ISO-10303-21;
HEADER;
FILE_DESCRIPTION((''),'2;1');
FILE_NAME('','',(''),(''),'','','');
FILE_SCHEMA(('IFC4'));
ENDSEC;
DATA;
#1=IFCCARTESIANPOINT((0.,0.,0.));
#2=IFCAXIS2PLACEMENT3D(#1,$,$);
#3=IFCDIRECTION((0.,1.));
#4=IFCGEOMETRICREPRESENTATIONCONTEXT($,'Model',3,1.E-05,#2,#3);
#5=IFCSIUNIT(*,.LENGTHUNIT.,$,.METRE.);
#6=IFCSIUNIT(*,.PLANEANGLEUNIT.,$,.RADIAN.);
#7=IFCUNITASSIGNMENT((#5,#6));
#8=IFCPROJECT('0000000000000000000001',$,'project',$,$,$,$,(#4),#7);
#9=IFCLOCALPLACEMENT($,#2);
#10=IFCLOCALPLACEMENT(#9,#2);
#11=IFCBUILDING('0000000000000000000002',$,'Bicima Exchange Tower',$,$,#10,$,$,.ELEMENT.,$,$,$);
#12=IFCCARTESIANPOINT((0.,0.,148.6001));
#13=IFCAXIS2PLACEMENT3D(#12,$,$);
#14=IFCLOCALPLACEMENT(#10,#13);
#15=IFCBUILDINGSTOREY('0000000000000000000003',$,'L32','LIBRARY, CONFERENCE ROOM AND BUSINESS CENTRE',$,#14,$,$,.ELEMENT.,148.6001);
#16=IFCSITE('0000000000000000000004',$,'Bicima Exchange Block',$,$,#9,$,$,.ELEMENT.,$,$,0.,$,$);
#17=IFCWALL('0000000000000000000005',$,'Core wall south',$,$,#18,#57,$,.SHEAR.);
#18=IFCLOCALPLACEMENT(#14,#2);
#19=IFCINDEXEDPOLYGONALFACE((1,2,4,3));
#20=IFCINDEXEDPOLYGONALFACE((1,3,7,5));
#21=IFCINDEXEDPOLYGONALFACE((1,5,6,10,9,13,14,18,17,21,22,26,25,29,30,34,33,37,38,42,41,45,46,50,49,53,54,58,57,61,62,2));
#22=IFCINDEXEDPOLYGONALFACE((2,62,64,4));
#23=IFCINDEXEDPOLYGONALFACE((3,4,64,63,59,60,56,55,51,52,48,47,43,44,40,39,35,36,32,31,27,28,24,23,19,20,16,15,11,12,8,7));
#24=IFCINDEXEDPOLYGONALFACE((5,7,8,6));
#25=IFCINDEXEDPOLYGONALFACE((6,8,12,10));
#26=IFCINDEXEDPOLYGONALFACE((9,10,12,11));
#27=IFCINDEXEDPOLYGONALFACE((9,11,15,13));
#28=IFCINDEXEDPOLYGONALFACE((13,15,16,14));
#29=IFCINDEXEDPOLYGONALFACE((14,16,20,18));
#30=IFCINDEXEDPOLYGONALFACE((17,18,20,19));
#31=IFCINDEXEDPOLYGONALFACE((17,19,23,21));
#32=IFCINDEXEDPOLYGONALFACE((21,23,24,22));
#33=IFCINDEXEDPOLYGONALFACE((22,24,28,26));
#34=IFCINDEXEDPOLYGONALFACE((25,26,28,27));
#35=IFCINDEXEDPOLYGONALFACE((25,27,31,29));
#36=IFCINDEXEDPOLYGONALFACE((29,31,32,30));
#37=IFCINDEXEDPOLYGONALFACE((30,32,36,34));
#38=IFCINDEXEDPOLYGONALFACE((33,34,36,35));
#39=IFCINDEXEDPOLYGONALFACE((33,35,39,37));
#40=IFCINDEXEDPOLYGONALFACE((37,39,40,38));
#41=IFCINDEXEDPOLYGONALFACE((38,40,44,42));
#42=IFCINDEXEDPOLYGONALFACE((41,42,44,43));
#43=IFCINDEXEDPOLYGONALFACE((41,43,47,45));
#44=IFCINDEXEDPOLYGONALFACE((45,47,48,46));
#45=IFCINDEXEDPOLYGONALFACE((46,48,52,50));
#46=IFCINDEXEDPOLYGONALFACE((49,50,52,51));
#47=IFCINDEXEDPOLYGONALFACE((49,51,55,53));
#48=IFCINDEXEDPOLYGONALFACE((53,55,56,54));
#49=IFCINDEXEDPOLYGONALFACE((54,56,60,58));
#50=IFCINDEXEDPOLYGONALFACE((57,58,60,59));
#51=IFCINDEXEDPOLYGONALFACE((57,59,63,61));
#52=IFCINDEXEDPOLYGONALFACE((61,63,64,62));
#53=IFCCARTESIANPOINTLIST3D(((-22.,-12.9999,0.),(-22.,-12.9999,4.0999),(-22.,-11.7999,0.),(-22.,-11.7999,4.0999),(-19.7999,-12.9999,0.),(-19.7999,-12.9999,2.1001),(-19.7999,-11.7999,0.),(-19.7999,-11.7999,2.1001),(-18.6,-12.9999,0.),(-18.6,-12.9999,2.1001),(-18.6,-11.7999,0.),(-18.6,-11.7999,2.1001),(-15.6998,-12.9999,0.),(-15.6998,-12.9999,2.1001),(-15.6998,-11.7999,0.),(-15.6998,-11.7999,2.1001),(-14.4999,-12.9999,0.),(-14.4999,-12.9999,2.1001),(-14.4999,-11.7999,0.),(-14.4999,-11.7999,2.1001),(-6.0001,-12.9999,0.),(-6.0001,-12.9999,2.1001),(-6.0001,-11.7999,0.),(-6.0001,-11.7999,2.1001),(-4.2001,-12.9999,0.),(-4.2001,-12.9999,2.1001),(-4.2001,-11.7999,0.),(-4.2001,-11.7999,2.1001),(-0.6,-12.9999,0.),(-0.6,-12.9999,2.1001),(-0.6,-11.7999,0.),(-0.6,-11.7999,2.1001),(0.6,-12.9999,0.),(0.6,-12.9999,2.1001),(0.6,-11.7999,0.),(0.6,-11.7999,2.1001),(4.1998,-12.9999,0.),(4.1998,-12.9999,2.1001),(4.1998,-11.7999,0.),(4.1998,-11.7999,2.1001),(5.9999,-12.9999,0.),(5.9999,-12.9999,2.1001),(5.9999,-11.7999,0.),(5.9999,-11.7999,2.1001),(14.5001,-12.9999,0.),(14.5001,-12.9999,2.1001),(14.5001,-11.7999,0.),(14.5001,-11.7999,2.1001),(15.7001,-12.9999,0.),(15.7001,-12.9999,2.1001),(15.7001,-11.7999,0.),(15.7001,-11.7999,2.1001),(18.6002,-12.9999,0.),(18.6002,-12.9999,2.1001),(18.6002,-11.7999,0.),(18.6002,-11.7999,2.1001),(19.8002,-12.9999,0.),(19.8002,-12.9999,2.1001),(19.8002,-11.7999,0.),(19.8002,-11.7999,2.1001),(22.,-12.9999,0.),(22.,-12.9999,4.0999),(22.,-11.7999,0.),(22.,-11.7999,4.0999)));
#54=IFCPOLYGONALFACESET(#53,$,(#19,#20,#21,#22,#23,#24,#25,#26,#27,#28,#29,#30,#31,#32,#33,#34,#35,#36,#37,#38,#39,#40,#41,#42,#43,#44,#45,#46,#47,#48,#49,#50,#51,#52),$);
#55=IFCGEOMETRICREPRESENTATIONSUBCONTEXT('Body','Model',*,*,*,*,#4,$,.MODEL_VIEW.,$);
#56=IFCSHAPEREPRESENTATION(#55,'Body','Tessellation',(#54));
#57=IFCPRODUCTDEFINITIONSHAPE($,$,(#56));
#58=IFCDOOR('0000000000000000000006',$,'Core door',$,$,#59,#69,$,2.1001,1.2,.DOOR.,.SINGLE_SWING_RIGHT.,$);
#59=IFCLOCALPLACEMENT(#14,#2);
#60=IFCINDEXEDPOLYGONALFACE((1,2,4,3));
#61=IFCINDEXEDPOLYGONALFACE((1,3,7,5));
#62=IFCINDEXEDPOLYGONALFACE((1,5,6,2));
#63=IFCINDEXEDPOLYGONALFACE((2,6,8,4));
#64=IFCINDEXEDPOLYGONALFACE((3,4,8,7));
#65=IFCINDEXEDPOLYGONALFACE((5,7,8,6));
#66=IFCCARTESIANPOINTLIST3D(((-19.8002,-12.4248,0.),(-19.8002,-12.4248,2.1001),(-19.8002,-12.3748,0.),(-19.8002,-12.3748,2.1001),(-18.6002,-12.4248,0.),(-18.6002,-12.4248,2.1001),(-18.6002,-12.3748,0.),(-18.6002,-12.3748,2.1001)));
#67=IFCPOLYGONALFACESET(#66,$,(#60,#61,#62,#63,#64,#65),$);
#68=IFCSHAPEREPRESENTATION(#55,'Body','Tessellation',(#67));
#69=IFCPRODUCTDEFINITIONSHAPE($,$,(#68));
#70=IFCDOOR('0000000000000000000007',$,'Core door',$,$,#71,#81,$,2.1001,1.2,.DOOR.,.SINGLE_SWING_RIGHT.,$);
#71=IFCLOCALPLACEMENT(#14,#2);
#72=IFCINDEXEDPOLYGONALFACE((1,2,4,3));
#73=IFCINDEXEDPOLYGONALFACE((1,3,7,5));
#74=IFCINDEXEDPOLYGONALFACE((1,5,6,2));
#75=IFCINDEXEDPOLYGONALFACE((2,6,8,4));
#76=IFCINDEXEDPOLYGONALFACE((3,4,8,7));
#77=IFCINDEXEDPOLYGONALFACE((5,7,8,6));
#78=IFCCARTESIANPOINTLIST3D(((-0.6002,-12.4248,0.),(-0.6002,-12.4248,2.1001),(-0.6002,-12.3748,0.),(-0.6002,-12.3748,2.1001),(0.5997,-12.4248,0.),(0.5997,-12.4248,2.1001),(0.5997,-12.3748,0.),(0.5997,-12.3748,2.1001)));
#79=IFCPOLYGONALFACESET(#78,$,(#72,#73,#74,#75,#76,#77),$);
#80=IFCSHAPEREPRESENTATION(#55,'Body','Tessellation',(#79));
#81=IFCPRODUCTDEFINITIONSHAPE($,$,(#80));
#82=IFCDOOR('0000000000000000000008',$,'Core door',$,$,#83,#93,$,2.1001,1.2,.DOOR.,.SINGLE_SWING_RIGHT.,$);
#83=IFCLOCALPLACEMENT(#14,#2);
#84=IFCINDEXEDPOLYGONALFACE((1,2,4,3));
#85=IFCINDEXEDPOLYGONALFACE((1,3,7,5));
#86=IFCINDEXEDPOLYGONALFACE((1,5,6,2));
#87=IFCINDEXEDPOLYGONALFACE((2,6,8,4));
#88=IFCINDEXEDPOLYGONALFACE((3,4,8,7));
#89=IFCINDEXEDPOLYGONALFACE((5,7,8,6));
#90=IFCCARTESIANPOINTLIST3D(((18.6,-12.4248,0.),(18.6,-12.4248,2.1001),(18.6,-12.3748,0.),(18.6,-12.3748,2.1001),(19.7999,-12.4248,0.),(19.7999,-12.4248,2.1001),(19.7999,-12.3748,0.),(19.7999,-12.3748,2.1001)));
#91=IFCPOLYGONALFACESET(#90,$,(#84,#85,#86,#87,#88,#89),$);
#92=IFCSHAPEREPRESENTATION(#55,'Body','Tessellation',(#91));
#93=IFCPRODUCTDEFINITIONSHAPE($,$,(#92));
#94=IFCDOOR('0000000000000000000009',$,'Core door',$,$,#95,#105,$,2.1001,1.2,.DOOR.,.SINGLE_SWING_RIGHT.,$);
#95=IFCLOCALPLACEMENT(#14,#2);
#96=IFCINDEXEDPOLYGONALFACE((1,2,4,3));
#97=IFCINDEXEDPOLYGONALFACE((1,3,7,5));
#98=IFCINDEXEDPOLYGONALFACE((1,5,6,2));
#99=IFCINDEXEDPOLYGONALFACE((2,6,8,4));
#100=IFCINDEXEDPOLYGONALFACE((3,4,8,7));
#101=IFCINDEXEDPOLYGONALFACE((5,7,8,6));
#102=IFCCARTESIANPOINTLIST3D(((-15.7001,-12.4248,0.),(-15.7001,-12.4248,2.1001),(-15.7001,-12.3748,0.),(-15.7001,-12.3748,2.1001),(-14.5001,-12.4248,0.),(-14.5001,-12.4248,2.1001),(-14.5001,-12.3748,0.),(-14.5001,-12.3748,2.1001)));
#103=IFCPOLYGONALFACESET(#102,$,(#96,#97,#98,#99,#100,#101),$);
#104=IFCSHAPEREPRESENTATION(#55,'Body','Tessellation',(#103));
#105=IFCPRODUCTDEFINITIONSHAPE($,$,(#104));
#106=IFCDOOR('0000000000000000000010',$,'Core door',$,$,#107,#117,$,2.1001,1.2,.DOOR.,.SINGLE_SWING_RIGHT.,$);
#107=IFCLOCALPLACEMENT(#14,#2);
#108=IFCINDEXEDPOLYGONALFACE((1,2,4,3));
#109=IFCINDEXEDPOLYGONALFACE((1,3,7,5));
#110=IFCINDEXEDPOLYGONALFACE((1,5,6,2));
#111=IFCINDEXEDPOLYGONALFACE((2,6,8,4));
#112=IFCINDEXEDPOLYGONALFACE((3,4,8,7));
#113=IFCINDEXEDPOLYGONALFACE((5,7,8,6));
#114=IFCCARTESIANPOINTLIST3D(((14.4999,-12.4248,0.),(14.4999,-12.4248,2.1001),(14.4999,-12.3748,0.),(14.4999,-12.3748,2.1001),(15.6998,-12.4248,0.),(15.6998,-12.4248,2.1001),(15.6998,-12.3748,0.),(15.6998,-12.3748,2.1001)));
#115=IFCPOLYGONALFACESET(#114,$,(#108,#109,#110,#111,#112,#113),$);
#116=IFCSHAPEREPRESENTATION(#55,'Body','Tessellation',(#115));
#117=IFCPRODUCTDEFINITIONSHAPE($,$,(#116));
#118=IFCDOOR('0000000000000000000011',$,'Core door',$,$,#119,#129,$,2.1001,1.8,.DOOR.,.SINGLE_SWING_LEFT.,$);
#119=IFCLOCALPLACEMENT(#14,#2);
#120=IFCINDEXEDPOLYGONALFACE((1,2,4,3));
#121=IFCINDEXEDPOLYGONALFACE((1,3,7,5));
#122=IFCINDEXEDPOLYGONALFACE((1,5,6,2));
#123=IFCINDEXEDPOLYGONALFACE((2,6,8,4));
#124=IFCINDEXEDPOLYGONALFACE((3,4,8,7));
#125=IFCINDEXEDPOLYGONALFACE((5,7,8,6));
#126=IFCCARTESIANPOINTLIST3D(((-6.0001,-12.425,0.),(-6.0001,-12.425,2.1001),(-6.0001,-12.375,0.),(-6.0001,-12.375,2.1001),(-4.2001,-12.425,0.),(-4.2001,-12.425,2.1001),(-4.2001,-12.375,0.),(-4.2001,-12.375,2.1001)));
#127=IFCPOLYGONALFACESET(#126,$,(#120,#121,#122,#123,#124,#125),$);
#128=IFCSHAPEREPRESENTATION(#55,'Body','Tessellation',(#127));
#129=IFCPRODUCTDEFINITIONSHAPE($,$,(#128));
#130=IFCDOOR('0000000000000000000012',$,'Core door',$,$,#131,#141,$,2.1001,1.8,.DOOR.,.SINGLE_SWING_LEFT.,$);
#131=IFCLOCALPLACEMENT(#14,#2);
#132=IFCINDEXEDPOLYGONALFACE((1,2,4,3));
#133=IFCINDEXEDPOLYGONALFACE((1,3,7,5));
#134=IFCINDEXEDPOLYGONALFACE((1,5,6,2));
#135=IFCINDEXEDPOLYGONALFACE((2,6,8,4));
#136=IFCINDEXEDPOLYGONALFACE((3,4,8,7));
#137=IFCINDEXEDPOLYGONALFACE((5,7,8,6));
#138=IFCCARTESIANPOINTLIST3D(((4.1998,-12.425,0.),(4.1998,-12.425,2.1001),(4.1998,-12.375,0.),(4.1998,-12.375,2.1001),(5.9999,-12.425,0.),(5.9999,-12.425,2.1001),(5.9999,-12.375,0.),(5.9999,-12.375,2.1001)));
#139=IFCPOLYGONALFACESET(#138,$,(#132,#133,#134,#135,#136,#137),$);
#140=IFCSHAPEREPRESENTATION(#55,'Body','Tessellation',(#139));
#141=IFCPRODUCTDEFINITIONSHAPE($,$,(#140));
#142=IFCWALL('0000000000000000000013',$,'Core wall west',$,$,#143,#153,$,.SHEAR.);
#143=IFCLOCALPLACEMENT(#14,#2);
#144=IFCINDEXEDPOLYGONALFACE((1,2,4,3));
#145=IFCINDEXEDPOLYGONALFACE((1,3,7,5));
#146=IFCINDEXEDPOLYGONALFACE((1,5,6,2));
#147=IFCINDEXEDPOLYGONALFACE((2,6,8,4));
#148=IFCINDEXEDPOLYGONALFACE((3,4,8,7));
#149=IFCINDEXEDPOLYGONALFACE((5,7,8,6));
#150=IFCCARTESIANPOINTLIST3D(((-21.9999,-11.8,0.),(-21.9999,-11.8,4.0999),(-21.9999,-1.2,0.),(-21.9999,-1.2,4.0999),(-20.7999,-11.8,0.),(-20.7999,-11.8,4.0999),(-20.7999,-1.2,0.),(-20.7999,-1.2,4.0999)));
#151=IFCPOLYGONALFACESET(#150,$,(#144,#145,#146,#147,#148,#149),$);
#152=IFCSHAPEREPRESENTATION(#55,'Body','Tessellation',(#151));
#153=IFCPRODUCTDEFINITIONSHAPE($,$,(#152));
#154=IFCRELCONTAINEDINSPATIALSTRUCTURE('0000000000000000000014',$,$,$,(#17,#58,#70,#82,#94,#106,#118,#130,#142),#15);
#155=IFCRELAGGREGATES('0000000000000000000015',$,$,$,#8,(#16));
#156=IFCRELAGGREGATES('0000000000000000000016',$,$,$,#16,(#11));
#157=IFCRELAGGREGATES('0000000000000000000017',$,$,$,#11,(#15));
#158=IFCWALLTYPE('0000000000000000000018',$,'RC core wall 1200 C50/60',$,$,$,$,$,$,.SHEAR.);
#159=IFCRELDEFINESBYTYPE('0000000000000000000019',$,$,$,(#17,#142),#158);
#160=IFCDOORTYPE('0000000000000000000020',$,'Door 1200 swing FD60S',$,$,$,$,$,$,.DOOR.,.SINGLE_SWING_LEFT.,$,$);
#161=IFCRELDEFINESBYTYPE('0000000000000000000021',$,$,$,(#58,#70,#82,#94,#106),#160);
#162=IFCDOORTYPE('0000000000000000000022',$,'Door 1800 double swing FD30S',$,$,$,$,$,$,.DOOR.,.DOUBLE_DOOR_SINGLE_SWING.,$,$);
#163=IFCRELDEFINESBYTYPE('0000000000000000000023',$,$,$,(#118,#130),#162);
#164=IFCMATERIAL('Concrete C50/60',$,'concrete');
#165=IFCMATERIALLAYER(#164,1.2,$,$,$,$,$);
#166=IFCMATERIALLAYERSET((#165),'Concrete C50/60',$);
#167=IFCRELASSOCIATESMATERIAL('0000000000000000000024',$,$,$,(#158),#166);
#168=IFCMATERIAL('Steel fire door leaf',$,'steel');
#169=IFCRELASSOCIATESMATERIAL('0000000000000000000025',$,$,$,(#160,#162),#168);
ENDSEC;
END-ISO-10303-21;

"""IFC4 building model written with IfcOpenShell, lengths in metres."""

from ifc_helpers import new_model, si_unit, direction, frame, frame_2d, origin, place, context, subcontext, project, spatial, rectangle, extrude, material, layer, layer_set, type_object, element, fill, save


model = new_model("IFC4")

# Units and contexts
model_context = context("Model", 3, precision=1e-05, world=origin(), true_north=direction((0.0, 1.0)))
body_context = subcontext(model_context, "Body", "Model", "MODEL_VIEW")
ifc_project = project(units=[si_unit("LENGTHUNIT", "METRE"), si_unit("PLANEANGLEUNIT", "RADIAN")], contexts=[model_context])

# Site, building, storey
site_placement = place(None, origin())
site = spatial("IfcSite", under=ifc_project, at=site_placement, Name="Bicima Exchange Block", CompositionType="ELEMENT", RefElevation=0.0)
building_placement = place(site_placement, origin())
building = spatial("IfcBuilding", under=site, at=building_placement, Name="Bicima Exchange Tower", CompositionType="ELEMENT")
storey_placement = place(building_placement, frame((0.0, 0.0, 148.6001)))
storey = spatial("IfcBuildingStorey", under=building, at=storey_placement, Name="L32", Description="LIBRARY, CONFERENCE ROOM AND BUSINESS CENTRE", CompositionType="ELEMENT", Elevation=148.6001)

# Wall, openings, doors
ifc_material_1 = material(Name="Concrete C50/60", Category="concrete")
ifc_layer_1 = layer(ifc_material_1, 1.2)
ifc_layer_set_1 = layer_set([ifc_layer_1], Name="Concrete C50/60")
wall_type_1 = type_object("IfcWallType", Name="RC core wall 1200 C50/60", PredefinedType="SHEAR", material=ifc_layer_set_1)
wall_1_placement = place(storey_placement, frame((-22.0, -12.3999, 0.0), z_axis=(0.0, 0.0, 1.0), x_axis=(1.0, 0.0, 0.0)))
wall_1 = element("IfcWall", 1, at=wall_1_placement, inside=storey, type_object=wall_type_1, Name="Core wall south", PredefinedType="SHEAR", context=body_context, shape_type="SweptSolid", body=[
    extrude(rectangle(XDim=44.0, YDim=1.2, at=frame_2d((22.0, 0.0))), origin(), (0.0, 0.0, 1.0), 4.0999),
])
opening_1_placement = place(wall_1_placement, frame((2.2, 0.0, 0.0)))
opening_1 = element("IfcOpeningElement", 2, at=opening_1_placement, cuts=wall_1, PredefinedType="OPENING", context=body_context, shape_type="SweptSolid", body=[
    extrude(rectangle(XDim=1.2, YDim=2.1001, at=frame_2d((0.6001, 1.05))), frame((0.0, 0.6118, 0.0), z_axis=(0.0, -1.0, 0.0), x_axis=(1.0, 0.0, 0.0)), (0.0, 0.0, 1.0), 1.2239),
])
opening_2_placement = place(wall_1_placement, frame((21.3999, 0.0, 0.0)))
opening_2 = element("IfcOpeningElement", 3, at=opening_2_placement, cuts=wall_1, PredefinedType="OPENING", context=body_context, shape_type="SweptSolid", body=[
    extrude(rectangle(XDim=1.2, YDim=2.1001, at=frame_2d((0.6001, 1.05))), frame((0.0, 0.6118, 0.0), z_axis=(0.0, -1.0, 0.0), x_axis=(1.0, 0.0, 0.0)), (0.0, 0.0, 1.0), 1.2239),
])
opening_3_placement = place(wall_1_placement, frame((40.6001, 0.0, 0.0)))
opening_3 = element("IfcOpeningElement", 4, at=opening_3_placement, cuts=wall_1, PredefinedType="OPENING", context=body_context, shape_type="SweptSolid", body=[
    extrude(rectangle(XDim=1.2, YDim=2.1001, at=frame_2d((0.6001, 1.05))), frame((0.0, 0.6118, 0.0), z_axis=(0.0, -1.0, 0.0), x_axis=(1.0, 0.0, 0.0)), (0.0, 0.0, 1.0), 1.2239),
])
opening_4_placement = place(wall_1_placement, frame((16.0, 0.0, 0.0)))
opening_4 = element("IfcOpeningElement", 5, at=opening_4_placement, cuts=wall_1, PredefinedType="OPENING", context=body_context, shape_type="SweptSolid", body=[
    extrude(rectangle(XDim=1.8, YDim=2.1001, at=frame_2d((0.8999, 1.05))), frame((0.0, 0.6118, 0.0), z_axis=(0.0, -1.0, 0.0), x_axis=(1.0, 0.0, 0.0)), (0.0, 0.0, 1.0), 1.2239),
])
opening_5_placement = place(wall_1_placement, frame((6.3, 0.0, 0.0)))
opening_5 = element("IfcOpeningElement", 6, at=opening_5_placement, cuts=wall_1, PredefinedType="OPENING", context=body_context, shape_type="SweptSolid", body=[
    extrude(rectangle(XDim=1.2, YDim=2.1001, at=frame_2d((0.6001, 1.05))), frame((0.0, 0.6118, 0.0), z_axis=(0.0, -1.0, 0.0), x_axis=(1.0, 0.0, 0.0)), (0.0, 0.0, 1.0), 1.2239),
])
opening_6_placement = place(wall_1_placement, frame((26.2, 0.0, 0.0)))
opening_6 = element("IfcOpeningElement", 7, at=opening_6_placement, cuts=wall_1, PredefinedType="OPENING", context=body_context, shape_type="SweptSolid", body=[
    extrude(rectangle(XDim=1.8, YDim=2.1001, at=frame_2d((0.8999, 1.05))), frame((0.0, 0.6118, 0.0), z_axis=(0.0, -1.0, 0.0), x_axis=(1.0, 0.0, 0.0)), (0.0, 0.0, 1.0), 1.2239),
])
opening_7_placement = place(wall_1_placement, frame((36.5, 0.0, 0.0)))
opening_7 = element("IfcOpeningElement", 8, at=opening_7_placement, cuts=wall_1, PredefinedType="OPENING", context=body_context, shape_type="SweptSolid", body=[
    extrude(rectangle(XDim=1.2, YDim=2.1001, at=frame_2d((0.6001, 1.05))), frame((0.0, 0.6118, 0.0), z_axis=(0.0, -1.0, 0.0), x_axis=(1.0, 0.0, 0.0)), (0.0, 0.0, 1.0), 1.2239),
])
ifc_material_2 = material(Name="Steel fire door leaf", Category="steel")
door_type_1 = type_object("IfcDoorType", Name="Door 1200 swing FD60S", OperationType="SINGLE_SWING_LEFT", PredefinedType="DOOR", material=ifc_material_2)
door_1_placement = place(opening_1_placement, frame((1.2, 0.0, 0.0), z_axis=(0.0, 0.0, 1.0), x_axis=(-1.0, 0.0, 0.0)))
door_1 = element("IfcDoor", 9, at=door_1_placement, inside=storey, type_object=door_type_1, Name="Core door", OperationType="SINGLE_SWING_RIGHT", OverallHeight=2.1001, OverallWidth=1.2, PredefinedType="DOOR", context=body_context, shape_type="SweptSolid", body=[
    extrude(rectangle(XDim=1.2, YDim=2.1001, at=frame_2d((0.6001, 1.05))), frame((0.0, 0.0249, 0.0), z_axis=(0.0, -1.0, 0.0), x_axis=(1.0, 0.0, 0.0)), (0.0, 0.0, 1.0), 0.05),
])
fill(opening_1, door_1)
door_2_placement = place(opening_2_placement, frame((1.2, 0.0, 0.0), z_axis=(0.0, 0.0, 1.0), x_axis=(-1.0, 0.0, 0.0)))
door_2 = element("IfcDoor", 10, at=door_2_placement, inside=storey, type_object=door_type_1, Name="Core door", OperationType="SINGLE_SWING_RIGHT", OverallHeight=2.1001, OverallWidth=1.2, PredefinedType="DOOR", context=body_context, shape_type="SweptSolid", body=[
    extrude(rectangle(XDim=1.2, YDim=2.1001, at=frame_2d((0.6001, 1.05))), frame((0.0, 0.0249, 0.0), z_axis=(0.0, -1.0, 0.0), x_axis=(1.0, 0.0, 0.0)), (0.0, 0.0, 1.0), 0.05),
])
fill(opening_2, door_2)
door_3_placement = place(opening_3_placement, frame((1.2, 0.0, 0.0), z_axis=(0.0, 0.0, 1.0), x_axis=(-1.0, 0.0, 0.0)))
door_3 = element("IfcDoor", 11, at=door_3_placement, inside=storey, type_object=door_type_1, Name="Core door", OperationType="SINGLE_SWING_RIGHT", OverallHeight=2.1001, OverallWidth=1.2, PredefinedType="DOOR", context=body_context, shape_type="SweptSolid", body=[
    extrude(rectangle(XDim=1.2, YDim=2.1001, at=frame_2d((0.6001, 1.05))), frame((0.0, 0.0249, 0.0), z_axis=(0.0, -1.0, 0.0), x_axis=(1.0, 0.0, 0.0)), (0.0, 0.0, 1.0), 0.05),
])
fill(opening_3, door_3)
door_4_placement = place(opening_5_placement, frame((1.2, 0.0, 0.0), z_axis=(0.0, 0.0, 1.0), x_axis=(-1.0, 0.0, 0.0)))
door_4 = element("IfcDoor", 12, at=door_4_placement, inside=storey, type_object=door_type_1, Name="Core door", OperationType="SINGLE_SWING_RIGHT", OverallHeight=2.1001, OverallWidth=1.2, PredefinedType="DOOR", context=body_context, shape_type="SweptSolid", body=[
    extrude(rectangle(XDim=1.2, YDim=2.1001, at=frame_2d((0.6001, 1.05))), frame((0.0, 0.0249, 0.0), z_axis=(0.0, -1.0, 0.0), x_axis=(1.0, 0.0, 0.0)), (0.0, 0.0, 1.0), 0.05),
])
fill(opening_5, door_4)
door_5_placement = place(opening_7_placement, frame((1.2, 0.0, 0.0), z_axis=(0.0, 0.0, 1.0), x_axis=(-1.0, 0.0, 0.0)))
door_5 = element("IfcDoor", 13, at=door_5_placement, inside=storey, type_object=door_type_1, Name="Core door", OperationType="SINGLE_SWING_RIGHT", OverallHeight=2.1001, OverallWidth=1.2, PredefinedType="DOOR", context=body_context, shape_type="SweptSolid", body=[
    extrude(rectangle(XDim=1.2, YDim=2.1001, at=frame_2d((0.6001, 1.05))), frame((0.0, 0.0249, 0.0), z_axis=(0.0, -1.0, 0.0), x_axis=(1.0, 0.0, 0.0)), (0.0, 0.0, 1.0), 0.05),
])
fill(opening_7, door_5)
door_type_2 = type_object("IfcDoorType", Name="Door 1800 double swing FD30S", OperationType="DOUBLE_DOOR_SINGLE_SWING", PredefinedType="DOOR", material=ifc_material_2)
door_6_placement = place(opening_4_placement, origin())
door_6 = element("IfcDoor", 14, at=door_6_placement, inside=storey, type_object=door_type_2, Name="Core door", OperationType="SINGLE_SWING_LEFT", OverallHeight=2.1001, OverallWidth=1.8, PredefinedType="DOOR", context=body_context, shape_type="SweptSolid", body=[
    extrude(rectangle(XDim=1.8, YDim=2.1001, at=frame_2d((0.8999, 1.05))), frame((0.0, 0.0249, 0.0), z_axis=(0.0, -1.0, 0.0), x_axis=(1.0, 0.0, 0.0)), (0.0, 0.0, 1.0), 0.05),
])
fill(opening_4, door_6)
door_7_placement = place(opening_6_placement, origin())
door_7 = element("IfcDoor", 15, at=door_7_placement, inside=storey, type_object=door_type_2, Name="Core door", OperationType="SINGLE_SWING_LEFT", OverallHeight=2.1001, OverallWidth=1.8, PredefinedType="DOOR", context=body_context, shape_type="SweptSolid", body=[
    extrude(rectangle(XDim=1.8, YDim=2.1001, at=frame_2d((0.8999, 1.05))), frame((0.0, 0.0249, 0.0), z_axis=(0.0, -1.0, 0.0), x_axis=(1.0, 0.0, 0.0)), (0.0, 0.0, 1.0), 0.05),
])
fill(opening_6, door_7)

# Wall
wall_2_placement = place(storey_placement, frame((-21.3999, -11.8, 0.0), z_axis=(0.0, 0.0, 1.0), x_axis=(0.0, 1.0, 0.0)))
element("IfcWall", 16, at=wall_2_placement, inside=storey, type_object=wall_type_1, Name="Core wall west", PredefinedType="SHEAR", context=body_context, shape_type="SweptSolid", body=[
    extrude(rectangle(XDim=10.6001, YDim=1.2, at=frame_2d((5.3, 0.0))), origin(), (0.0, 0.0, 1.0), 4.0999),
])

save(model, "model.ifc")
